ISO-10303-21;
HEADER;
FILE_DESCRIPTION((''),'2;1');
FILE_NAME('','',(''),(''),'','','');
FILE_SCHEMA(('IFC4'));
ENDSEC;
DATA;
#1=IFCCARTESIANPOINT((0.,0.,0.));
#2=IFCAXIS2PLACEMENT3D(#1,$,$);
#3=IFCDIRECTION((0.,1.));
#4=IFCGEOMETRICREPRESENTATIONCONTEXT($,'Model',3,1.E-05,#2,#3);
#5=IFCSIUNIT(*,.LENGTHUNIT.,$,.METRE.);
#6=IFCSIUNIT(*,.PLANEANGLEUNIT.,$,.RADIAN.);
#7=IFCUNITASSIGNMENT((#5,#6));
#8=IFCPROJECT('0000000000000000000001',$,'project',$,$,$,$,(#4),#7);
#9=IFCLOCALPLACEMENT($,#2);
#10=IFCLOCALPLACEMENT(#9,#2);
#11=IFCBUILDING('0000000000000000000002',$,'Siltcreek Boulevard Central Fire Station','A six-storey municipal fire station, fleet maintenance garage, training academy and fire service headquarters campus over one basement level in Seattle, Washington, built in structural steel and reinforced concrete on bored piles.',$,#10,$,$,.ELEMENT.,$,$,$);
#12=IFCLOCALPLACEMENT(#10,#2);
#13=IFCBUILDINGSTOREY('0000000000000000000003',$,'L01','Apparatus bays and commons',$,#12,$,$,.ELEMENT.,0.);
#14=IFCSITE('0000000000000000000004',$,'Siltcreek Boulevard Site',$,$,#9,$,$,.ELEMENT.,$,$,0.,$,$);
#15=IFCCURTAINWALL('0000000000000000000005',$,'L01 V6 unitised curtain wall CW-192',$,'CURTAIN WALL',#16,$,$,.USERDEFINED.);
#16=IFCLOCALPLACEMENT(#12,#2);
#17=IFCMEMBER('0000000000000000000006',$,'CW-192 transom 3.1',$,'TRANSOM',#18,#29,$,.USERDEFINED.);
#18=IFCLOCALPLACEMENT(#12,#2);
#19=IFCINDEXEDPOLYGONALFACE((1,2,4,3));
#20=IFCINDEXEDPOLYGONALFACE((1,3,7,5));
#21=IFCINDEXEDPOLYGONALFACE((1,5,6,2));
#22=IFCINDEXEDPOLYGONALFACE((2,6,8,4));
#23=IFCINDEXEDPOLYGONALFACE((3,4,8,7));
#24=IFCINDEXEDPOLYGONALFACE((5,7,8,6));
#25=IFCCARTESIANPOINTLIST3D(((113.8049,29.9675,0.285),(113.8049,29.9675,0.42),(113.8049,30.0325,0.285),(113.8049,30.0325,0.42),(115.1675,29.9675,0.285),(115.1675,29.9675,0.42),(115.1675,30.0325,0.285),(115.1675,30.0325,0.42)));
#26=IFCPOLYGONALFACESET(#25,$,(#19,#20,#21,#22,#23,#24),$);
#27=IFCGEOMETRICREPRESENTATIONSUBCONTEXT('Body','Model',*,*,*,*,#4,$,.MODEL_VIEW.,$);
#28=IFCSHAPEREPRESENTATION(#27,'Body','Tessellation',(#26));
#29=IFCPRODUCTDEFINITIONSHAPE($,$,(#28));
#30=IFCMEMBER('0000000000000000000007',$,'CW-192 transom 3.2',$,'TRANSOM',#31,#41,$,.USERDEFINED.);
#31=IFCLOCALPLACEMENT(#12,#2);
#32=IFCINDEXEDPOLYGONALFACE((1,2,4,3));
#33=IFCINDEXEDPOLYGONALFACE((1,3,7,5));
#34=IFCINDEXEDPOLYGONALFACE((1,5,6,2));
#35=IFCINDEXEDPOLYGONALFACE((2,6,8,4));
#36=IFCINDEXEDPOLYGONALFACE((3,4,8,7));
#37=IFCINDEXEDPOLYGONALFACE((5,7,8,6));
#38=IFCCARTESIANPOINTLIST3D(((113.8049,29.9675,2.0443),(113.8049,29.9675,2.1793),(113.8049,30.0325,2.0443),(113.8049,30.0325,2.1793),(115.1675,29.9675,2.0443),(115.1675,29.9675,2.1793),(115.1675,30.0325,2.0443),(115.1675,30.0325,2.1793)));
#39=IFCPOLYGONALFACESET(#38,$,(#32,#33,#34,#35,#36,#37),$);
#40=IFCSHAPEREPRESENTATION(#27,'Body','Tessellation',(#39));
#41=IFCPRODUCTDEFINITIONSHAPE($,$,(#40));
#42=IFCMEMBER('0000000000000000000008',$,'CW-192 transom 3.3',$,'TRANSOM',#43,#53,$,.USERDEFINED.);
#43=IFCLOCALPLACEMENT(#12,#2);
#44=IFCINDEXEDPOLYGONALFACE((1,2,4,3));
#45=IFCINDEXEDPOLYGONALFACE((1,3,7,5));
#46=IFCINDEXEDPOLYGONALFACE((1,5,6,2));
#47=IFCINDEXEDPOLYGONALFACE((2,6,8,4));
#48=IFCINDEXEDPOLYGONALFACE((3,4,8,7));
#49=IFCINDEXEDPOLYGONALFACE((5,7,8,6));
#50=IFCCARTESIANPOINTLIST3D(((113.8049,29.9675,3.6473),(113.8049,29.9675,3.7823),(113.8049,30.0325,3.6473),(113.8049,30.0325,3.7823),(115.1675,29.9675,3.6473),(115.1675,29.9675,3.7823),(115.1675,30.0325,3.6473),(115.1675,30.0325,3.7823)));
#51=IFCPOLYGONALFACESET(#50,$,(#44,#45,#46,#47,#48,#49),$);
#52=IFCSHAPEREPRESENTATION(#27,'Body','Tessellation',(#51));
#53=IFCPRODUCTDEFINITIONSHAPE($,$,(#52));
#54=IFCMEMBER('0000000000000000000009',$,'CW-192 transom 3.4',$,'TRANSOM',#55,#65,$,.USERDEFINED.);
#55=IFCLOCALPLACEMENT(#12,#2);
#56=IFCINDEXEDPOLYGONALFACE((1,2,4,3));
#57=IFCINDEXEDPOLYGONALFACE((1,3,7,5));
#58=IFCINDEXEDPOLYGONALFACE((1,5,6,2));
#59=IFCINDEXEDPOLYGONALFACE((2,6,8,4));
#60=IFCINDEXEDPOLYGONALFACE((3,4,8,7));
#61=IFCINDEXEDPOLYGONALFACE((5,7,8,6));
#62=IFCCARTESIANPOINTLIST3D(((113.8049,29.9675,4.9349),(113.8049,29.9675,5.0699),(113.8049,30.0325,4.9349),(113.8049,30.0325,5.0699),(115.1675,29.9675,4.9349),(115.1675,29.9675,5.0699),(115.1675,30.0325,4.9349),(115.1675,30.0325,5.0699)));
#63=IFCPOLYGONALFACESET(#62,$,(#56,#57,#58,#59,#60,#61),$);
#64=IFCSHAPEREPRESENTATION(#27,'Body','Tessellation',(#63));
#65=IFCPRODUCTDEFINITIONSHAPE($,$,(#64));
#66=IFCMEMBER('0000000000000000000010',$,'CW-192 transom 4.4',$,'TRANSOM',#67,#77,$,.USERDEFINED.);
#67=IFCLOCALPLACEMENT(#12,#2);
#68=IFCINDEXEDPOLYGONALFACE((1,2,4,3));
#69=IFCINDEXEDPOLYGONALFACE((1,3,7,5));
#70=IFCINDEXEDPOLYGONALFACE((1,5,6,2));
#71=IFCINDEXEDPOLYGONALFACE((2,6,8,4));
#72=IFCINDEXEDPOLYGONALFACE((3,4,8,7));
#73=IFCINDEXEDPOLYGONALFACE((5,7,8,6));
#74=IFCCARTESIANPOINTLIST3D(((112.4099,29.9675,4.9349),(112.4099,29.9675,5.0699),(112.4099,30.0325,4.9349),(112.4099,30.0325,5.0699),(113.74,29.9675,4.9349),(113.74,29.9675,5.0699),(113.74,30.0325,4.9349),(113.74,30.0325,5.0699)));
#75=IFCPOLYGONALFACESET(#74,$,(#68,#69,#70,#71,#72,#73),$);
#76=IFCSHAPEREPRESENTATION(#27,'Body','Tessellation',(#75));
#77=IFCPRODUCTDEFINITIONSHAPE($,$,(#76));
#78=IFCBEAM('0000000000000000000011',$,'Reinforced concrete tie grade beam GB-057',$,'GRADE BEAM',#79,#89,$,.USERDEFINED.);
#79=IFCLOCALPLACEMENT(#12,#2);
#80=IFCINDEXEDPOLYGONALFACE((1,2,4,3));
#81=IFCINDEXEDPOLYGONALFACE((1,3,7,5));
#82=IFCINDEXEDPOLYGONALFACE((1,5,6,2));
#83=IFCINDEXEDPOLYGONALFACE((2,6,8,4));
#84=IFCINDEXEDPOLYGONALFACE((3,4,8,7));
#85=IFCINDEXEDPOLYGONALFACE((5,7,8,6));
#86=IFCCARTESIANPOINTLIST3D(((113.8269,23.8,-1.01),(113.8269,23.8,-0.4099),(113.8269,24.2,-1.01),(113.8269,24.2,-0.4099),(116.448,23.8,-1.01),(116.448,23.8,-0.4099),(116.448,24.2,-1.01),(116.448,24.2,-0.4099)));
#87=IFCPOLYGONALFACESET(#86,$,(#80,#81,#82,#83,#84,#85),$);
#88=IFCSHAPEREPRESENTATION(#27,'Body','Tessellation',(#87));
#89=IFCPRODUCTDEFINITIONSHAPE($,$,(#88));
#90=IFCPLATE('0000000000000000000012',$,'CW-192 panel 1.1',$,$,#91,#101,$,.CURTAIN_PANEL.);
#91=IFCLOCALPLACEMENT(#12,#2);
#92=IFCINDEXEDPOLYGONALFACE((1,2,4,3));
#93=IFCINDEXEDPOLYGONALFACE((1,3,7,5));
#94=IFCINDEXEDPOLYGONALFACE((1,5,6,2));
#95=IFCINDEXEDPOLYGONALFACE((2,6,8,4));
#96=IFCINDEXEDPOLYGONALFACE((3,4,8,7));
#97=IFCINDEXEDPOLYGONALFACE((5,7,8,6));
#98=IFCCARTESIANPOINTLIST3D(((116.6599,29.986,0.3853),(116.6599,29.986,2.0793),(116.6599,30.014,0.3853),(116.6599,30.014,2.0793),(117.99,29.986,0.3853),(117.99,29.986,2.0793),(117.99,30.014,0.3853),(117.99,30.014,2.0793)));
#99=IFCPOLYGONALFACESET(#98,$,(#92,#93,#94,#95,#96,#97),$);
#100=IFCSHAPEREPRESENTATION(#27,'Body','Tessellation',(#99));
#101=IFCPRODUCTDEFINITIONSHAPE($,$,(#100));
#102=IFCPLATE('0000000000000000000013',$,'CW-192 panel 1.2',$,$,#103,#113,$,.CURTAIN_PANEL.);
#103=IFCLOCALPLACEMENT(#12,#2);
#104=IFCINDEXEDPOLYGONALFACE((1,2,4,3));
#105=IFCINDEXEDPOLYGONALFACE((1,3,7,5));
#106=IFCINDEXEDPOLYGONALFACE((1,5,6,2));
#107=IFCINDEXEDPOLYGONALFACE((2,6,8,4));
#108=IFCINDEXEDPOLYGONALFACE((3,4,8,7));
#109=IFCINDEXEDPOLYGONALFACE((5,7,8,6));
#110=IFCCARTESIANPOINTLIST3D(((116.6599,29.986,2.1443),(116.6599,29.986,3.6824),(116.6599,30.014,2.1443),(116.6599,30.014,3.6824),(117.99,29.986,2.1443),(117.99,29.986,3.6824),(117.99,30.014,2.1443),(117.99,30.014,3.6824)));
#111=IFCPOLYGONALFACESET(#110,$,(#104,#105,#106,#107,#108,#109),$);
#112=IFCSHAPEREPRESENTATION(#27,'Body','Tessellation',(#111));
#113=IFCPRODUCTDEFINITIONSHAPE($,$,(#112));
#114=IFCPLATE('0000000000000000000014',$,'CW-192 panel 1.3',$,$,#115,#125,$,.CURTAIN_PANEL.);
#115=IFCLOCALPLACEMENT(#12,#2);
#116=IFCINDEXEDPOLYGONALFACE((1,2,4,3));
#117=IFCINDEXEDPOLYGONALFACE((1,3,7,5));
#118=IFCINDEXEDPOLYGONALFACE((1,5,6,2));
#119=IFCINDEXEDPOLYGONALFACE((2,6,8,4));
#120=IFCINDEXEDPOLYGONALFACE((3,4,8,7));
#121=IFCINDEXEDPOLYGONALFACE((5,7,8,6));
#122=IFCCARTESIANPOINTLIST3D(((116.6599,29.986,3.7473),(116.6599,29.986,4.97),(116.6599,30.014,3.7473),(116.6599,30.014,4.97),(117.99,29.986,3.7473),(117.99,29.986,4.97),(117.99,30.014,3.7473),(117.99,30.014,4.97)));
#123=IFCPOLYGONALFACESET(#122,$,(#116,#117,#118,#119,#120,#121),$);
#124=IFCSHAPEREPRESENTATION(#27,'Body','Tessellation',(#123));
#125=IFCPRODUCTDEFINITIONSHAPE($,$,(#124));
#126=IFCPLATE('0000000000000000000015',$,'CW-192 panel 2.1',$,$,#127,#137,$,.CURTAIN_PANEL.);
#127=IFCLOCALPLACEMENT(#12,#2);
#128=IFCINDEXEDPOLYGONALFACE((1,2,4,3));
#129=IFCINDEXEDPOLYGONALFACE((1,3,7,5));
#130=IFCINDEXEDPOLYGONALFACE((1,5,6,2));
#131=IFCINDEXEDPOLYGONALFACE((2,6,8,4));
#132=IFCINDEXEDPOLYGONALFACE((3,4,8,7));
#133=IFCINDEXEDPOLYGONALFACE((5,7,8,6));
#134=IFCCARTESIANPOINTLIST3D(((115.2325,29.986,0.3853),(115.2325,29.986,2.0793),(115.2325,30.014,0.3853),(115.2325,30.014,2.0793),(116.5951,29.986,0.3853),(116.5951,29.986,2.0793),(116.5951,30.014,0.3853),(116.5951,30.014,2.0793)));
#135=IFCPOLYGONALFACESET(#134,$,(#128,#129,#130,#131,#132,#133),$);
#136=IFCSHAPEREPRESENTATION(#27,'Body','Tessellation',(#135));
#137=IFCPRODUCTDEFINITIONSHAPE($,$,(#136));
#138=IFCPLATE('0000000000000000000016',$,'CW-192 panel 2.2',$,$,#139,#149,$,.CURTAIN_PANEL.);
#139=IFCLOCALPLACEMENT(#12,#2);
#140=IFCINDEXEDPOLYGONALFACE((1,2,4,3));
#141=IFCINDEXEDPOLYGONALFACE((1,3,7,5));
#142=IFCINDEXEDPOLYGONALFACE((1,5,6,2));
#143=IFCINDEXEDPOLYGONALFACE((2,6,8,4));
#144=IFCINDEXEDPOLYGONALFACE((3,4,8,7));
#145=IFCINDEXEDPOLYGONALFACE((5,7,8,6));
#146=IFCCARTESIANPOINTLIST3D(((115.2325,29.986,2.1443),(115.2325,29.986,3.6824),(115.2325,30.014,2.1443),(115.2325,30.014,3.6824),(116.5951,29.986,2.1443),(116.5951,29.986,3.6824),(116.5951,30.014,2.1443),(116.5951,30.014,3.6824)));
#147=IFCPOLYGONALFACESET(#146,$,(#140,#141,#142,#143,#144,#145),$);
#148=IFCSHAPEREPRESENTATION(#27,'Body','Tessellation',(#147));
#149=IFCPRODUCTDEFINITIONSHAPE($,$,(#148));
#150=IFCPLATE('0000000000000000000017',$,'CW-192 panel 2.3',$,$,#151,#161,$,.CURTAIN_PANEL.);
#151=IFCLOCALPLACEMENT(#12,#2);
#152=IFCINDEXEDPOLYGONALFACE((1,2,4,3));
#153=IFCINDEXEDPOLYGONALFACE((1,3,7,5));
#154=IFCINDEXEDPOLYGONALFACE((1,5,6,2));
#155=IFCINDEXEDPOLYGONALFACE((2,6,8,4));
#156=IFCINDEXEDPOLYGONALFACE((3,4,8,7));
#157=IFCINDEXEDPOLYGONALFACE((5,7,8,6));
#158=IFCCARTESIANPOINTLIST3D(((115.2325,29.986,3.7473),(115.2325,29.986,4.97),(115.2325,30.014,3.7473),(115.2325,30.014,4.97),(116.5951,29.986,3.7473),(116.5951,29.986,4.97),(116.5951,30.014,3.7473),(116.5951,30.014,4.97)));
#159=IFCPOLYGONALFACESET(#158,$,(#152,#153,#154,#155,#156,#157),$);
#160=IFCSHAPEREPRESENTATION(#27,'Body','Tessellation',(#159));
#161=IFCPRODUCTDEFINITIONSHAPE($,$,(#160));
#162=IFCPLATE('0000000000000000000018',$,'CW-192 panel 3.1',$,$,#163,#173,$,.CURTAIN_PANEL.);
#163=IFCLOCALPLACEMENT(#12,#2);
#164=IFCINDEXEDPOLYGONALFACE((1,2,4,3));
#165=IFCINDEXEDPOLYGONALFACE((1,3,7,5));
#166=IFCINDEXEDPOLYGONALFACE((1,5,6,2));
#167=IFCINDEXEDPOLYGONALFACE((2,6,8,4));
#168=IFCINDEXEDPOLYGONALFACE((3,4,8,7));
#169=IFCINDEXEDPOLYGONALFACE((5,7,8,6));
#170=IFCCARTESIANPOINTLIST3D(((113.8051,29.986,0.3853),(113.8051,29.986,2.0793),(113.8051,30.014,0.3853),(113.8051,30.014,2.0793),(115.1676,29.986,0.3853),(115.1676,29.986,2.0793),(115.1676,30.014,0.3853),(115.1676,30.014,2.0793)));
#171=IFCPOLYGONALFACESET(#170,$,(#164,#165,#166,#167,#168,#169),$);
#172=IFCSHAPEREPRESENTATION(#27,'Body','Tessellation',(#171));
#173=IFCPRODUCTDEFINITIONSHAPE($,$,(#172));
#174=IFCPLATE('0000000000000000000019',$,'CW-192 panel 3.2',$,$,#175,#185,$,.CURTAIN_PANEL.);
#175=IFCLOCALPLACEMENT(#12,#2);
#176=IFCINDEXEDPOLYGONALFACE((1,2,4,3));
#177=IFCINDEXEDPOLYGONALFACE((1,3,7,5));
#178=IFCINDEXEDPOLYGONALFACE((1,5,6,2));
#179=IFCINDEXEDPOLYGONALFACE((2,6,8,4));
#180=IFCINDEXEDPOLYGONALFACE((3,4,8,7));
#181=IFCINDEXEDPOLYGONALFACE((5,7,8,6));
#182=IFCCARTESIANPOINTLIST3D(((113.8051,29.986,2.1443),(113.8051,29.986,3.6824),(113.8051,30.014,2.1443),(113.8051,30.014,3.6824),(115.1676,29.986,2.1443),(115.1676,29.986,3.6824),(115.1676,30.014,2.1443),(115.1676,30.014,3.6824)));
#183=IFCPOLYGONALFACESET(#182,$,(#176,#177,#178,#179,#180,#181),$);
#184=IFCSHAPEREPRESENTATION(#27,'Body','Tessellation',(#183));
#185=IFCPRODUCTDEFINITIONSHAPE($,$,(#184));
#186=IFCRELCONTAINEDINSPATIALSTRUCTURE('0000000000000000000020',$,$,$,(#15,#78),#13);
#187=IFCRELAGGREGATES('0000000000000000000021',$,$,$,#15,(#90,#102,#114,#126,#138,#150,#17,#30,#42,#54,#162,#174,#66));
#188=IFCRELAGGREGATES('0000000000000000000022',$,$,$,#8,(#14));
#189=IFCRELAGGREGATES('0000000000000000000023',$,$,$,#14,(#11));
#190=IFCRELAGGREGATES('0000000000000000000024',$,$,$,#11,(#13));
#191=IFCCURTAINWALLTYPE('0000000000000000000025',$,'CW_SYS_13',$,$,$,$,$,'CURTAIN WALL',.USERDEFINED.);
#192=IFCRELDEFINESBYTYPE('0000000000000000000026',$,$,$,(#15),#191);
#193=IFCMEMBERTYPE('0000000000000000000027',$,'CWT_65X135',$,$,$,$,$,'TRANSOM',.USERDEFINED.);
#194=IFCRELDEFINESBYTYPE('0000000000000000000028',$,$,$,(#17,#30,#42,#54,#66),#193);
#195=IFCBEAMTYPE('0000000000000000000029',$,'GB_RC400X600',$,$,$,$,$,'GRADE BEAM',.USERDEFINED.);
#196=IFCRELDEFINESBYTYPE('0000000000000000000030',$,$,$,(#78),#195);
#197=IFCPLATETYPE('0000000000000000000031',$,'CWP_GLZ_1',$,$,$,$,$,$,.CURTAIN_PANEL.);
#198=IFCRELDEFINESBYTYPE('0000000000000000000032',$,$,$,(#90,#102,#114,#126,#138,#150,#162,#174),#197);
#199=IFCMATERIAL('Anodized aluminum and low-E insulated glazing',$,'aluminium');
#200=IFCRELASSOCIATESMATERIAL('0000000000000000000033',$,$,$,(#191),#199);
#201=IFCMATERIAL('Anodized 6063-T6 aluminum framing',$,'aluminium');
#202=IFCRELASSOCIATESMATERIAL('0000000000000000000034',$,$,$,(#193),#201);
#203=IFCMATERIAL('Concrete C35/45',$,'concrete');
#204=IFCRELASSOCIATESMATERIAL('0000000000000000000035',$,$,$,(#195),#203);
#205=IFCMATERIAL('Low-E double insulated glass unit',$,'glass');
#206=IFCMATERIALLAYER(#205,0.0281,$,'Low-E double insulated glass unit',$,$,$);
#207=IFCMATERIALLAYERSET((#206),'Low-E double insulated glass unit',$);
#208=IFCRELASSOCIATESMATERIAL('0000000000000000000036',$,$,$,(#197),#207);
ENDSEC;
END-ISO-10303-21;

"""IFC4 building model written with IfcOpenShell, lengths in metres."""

from ifc_helpers import new_model, si_unit, direction, frame, origin, origin_2d, place, context, subcontext, project, spatial, rectangle, extrude, material, layer, layer_set, material_profile, profile_set, type_object, element, aggregate, save


model = new_model("IFC4")

# Units and contexts
model_context = context("Model", 3, precision=1e-05, world=origin(), true_north=direction((0.0, 1.0)))
body_context = subcontext(model_context, "Body", "Model", "MODEL_VIEW")
ifc_project = project(units=[si_unit("LENGTHUNIT", "METRE"), si_unit("PLANEANGLEUNIT", "RADIAN")], contexts=[model_context])

# Site, building, storey
site_placement = place(None, origin())
site = spatial("IfcSite", under=ifc_project, at=site_placement, Name="Siltcreek Boulevard Site", CompositionType="ELEMENT", RefElevation=0.0)
building_placement = place(site_placement, origin())
building = spatial("IfcBuilding", under=site, at=building_placement, Name="Siltcreek Boulevard Central Fire Station", Description="A six-storey municipal fire station, fleet maintenance garage, training academy and fire service headquarters campus over one basement level in Seattle, Washington, built in structural steel and reinforced concrete on bored piles.", CompositionType="ELEMENT")
storey_placement = place(building_placement, origin())
storey = spatial("IfcBuildingStorey", under=building, at=storey_placement, Name="L01", Description="Apparatus bays and commons", CompositionType="ELEMENT", Elevation=0.0)

# Shared definitions
ifc_material_1 = material(Name="Concrete C35/45", Category="concrete")

# Curtain wall, members
ifc_material_2 = material(Name="Anodized aluminum and low-E insulated glazing", Category="aluminium")
curtain_wall_type = type_object("IfcCurtainWallType", Name="CW_SYS_13", ElementType="CURTAIN WALL", PredefinedType="USERDEFINED", material=ifc_material_2)
curtain_wall_placement = place(storey_placement, origin())
curtain_wall = element("IfcCurtainWall", 1, at=curtain_wall_placement, inside=storey, type_object=curtain_wall_type, Name="L01 V6 unitised curtain wall CW-192", ObjectType="CURTAIN WALL", PredefinedType="USERDEFINED")
ifc_material_3 = material(Name="Anodized 6063-T6 aluminum framing", Category="aluminium")
ifc_material_profile_1 = material_profile(ifc_material_3, rectangle(XDim=0.0649, YDim=0.135, at=origin_2d()), Name="TRAN65X135")
ifc_profile_set_1 = profile_set([ifc_material_profile_1], Name="Anodized 6063-T6 aluminum framing")
member_type_1 = type_object("IfcMemberType", Name="CWT_65X135", ElementType="TRANSOM", PredefinedType="USERDEFINED", material=ifc_profile_set_1)
member_1_placement = place(storey_placement, frame((115.1675, 30.0, 0.3525), z_axis=(-1.0, 0.0, 0.0), x_axis=(0.0, -1.0, 0.0)))
member_1 = element("IfcMember", 2, at=member_1_placement, type_object=member_type_1, Name="CW-192 transom 3.1", ObjectType="TRANSOM", PredefinedType="USERDEFINED", context=body_context, shape_type="SweptSolid", body=[
    extrude(rectangle(XDim=0.0649, YDim=0.135, at=origin_2d()), origin(), (0.0, 0.0, 1.0), 1.3625),
])
member_2_placement = place(storey_placement, frame((115.1675, 30.0, 2.1118), z_axis=(-1.0, 0.0, 0.0), x_axis=(0.0, -1.0, 0.0)))
member_2 = element("IfcMember", 3, at=member_2_placement, type_object=member_type_1, Name="CW-192 transom 3.2", ObjectType="TRANSOM", PredefinedType="USERDEFINED", context=body_context, shape_type="SweptSolid", body=[
    extrude(rectangle(XDim=0.0649, YDim=0.135, at=origin_2d()), origin(), (0.0, 0.0, 1.0), 1.3625),
])
member_3_placement = place(storey_placement, frame((115.1675, 30.0, 3.7148), z_axis=(-1.0, 0.0, 0.0), x_axis=(0.0, -1.0, 0.0)))
member_3 = element("IfcMember", 4, at=member_3_placement, type_object=member_type_1, Name="CW-192 transom 3.3", ObjectType="TRANSOM", PredefinedType="USERDEFINED", context=body_context, shape_type="SweptSolid", body=[
    extrude(rectangle(XDim=0.0649, YDim=0.135, at=origin_2d()), origin(), (0.0, 0.0, 1.0), 1.3625),
])
member_4_placement = place(storey_placement, frame((115.1675, 30.0, 5.0024), z_axis=(-1.0, 0.0, 0.0), x_axis=(0.0, -1.0, 0.0)))
member_4 = element("IfcMember", 5, at=member_4_placement, type_object=member_type_1, Name="CW-192 transom 3.4", ObjectType="TRANSOM", PredefinedType="USERDEFINED", context=body_context, shape_type="SweptSolid", body=[
    extrude(rectangle(XDim=0.0649, YDim=0.135, at=origin_2d()), origin(), (0.0, 0.0, 1.0), 1.3625),
])
member_5_placement = place(storey_placement, frame((113.74, 30.0, 5.0024), z_axis=(-1.0, 0.0, 0.0), x_axis=(0.0, -1.0, 0.0)))
member_5 = element("IfcMember", 6, at=member_5_placement, type_object=member_type_1, Name="CW-192 transom 4.4", ObjectType="TRANSOM", PredefinedType="USERDEFINED", context=body_context, shape_type="SweptSolid", body=[
    extrude(rectangle(XDim=0.0649, YDim=0.135, at=origin_2d()), origin(), (0.0, 0.0, 1.0), 1.3301),
])

# Beam
ifc_material_profile_2 = material_profile(ifc_material_1, rectangle(XDim=0.3999, YDim=0.6001, at=origin_2d()), Name="RC400X600")
ifc_profile_set_2 = profile_set([ifc_material_profile_2], Name="Concrete C35/45")
beam_type = type_object("IfcBeamType", Name="GB_RC400X600", ElementType="GRADE BEAM", PredefinedType="USERDEFINED", material=ifc_profile_set_2)
beam_placement = place(storey_placement, frame((113.8269, 24.0, -0.71), z_axis=(1.0, 0.0, 0.0), x_axis=(0.0, 1.0, 0.0)))
element("IfcBeam", 7, at=beam_placement, inside=storey, type_object=beam_type, Name="Reinforced concrete tie grade beam GB-057", ObjectType="GRADE BEAM", PredefinedType="USERDEFINED", context=body_context, shape_type="SweptSolid", body=[
    extrude(rectangle(XDim=0.3999, YDim=0.6001, at=origin_2d()), origin(), (0.0, 0.0, 1.0), 2.6211),
])

# Plates
ifc_material_4 = material(Name="Low-E double insulated glass unit", Category="glass")
ifc_layer_1 = layer(ifc_material_4, 0.0281, Name="Low-E double insulated glass unit")
ifc_layer_set_1 = layer_set([ifc_layer_1], Name="Low-E double insulated glass unit")
plate_type = type_object("IfcPlateType", Name="CWP_GLZ_1", PredefinedType="CURTAIN_PANEL", material=ifc_layer_set_1)
plate_1_placement = place(storey_placement, frame((117.325, 30.0, 0.3853), z_axis=(0.0, 0.0, 1.0), x_axis=(-1.0, 0.0, 0.0)))
plate_1 = element("IfcPlate", 8, at=plate_1_placement, type_object=plate_type, Name="CW-192 panel 1.1", PredefinedType="CURTAIN_PANEL", context=body_context, shape_type="SweptSolid", body=[
    extrude(rectangle(XDim=1.3301, YDim=0.0281, at=origin_2d()), origin(), (0.0, 0.0, 1.0), 1.6941),
])
plate_2_placement = place(storey_placement, frame((117.325, 30.0, 2.1443), z_axis=(0.0, 0.0, 1.0), x_axis=(-1.0, 0.0, 0.0)))
plate_2 = element("IfcPlate", 9, at=plate_2_placement, type_object=plate_type, Name="CW-192 panel 1.2", PredefinedType="CURTAIN_PANEL", context=body_context, shape_type="SweptSolid", body=[
    extrude(rectangle(XDim=1.3301, YDim=0.0281, at=origin_2d()), origin(), (0.0, 0.0, 1.0), 1.5381),
])
plate_3_placement = place(storey_placement, frame((117.325, 30.0, 3.7473), z_axis=(0.0, 0.0, 1.0), x_axis=(-1.0, 0.0, 0.0)))
plate_3 = element("IfcPlate", 10, at=plate_3_placement, type_object=plate_type, Name="CW-192 panel 1.3", PredefinedType="CURTAIN_PANEL", context=body_context, shape_type="SweptSolid", body=[
    extrude(rectangle(XDim=1.3301, YDim=0.0281, at=origin_2d()), origin(), (0.0, 0.0, 1.0), 1.2227),
])
plate_4_placement = place(storey_placement, frame((115.9138, 30.0, 0.3853), z_axis=(0.0, 0.0, 1.0), x_axis=(-1.0, 0.0, 0.0)))
plate_4 = element("IfcPlate", 11, at=plate_4_placement, type_object=plate_type, Name="CW-192 panel 2.1", PredefinedType="CURTAIN_PANEL", context=body_context, shape_type="SweptSolid", body=[
    extrude(rectangle(XDim=1.3625, YDim=0.0281, at=origin_2d()), origin(), (0.0, 0.0, 1.0), 1.6941),
])
plate_5_placement = place(storey_placement, frame((115.9138, 30.0, 2.1443), z_axis=(0.0, 0.0, 1.0), x_axis=(-1.0, 0.0, 0.0)))
plate_5 = element("IfcPlate", 12, at=plate_5_placement, type_object=plate_type, Name="CW-192 panel 2.2", PredefinedType="CURTAIN_PANEL", context=body_context, shape_type="SweptSolid", body=[
    extrude(rectangle(XDim=1.3625, YDim=0.0281, at=origin_2d()), origin(), (0.0, 0.0, 1.0), 1.5381),
])
plate_6_placement = place(storey_placement, frame((115.9138, 30.0, 3.7473), z_axis=(0.0, 0.0, 1.0), x_axis=(-1.0, 0.0, 0.0)))
plate_6 = element("IfcPlate", 13, at=plate_6_placement, type_object=plate_type, Name="CW-192 panel 2.3", PredefinedType="CURTAIN_PANEL", context=body_context, shape_type="SweptSolid", body=[
    extrude(rectangle(XDim=1.3625, YDim=0.0281, at=origin_2d()), origin(), (0.0, 0.0, 1.0), 1.2227),
])
plate_7_placement = place(storey_placement, frame((114.4863, 30.0, 0.3853), z_axis=(0.0, 0.0, 1.0), x_axis=(-1.0, 0.0, 0.0)))
plate_7 = element("IfcPlate", 14, at=plate_7_placement, type_object=plate_type, Name="CW-192 panel 3.1", PredefinedType="CURTAIN_PANEL", context=body_context, shape_type="SweptSolid", body=[
    extrude(rectangle(XDim=1.3625, YDim=0.0281, at=origin_2d()), origin(), (0.0, 0.0, 1.0), 1.6941),
])
plate_8_placement = place(storey_placement, frame((114.4863, 30.0, 2.1443), z_axis=(0.0, 0.0, 1.0), x_axis=(-1.0, 0.0, 0.0)))
plate_8 = element("IfcPlate", 15, at=plate_8_placement, type_object=plate_type, Name="CW-192 panel 3.2", PredefinedType="CURTAIN_PANEL", context=body_context, shape_type="SweptSolid", body=[
    extrude(rectangle(XDim=1.3625, YDim=0.0281, at=origin_2d()), origin(), (0.0, 0.0, 1.0), 1.5381),
])
aggregate(curtain_wall, [plate_1, plate_2, plate_3, plate_4, plate_5, plate_6, member_1, member_2, member_3, member_4, plate_7, plate_8, member_5])

save(model, "model.ifc")
